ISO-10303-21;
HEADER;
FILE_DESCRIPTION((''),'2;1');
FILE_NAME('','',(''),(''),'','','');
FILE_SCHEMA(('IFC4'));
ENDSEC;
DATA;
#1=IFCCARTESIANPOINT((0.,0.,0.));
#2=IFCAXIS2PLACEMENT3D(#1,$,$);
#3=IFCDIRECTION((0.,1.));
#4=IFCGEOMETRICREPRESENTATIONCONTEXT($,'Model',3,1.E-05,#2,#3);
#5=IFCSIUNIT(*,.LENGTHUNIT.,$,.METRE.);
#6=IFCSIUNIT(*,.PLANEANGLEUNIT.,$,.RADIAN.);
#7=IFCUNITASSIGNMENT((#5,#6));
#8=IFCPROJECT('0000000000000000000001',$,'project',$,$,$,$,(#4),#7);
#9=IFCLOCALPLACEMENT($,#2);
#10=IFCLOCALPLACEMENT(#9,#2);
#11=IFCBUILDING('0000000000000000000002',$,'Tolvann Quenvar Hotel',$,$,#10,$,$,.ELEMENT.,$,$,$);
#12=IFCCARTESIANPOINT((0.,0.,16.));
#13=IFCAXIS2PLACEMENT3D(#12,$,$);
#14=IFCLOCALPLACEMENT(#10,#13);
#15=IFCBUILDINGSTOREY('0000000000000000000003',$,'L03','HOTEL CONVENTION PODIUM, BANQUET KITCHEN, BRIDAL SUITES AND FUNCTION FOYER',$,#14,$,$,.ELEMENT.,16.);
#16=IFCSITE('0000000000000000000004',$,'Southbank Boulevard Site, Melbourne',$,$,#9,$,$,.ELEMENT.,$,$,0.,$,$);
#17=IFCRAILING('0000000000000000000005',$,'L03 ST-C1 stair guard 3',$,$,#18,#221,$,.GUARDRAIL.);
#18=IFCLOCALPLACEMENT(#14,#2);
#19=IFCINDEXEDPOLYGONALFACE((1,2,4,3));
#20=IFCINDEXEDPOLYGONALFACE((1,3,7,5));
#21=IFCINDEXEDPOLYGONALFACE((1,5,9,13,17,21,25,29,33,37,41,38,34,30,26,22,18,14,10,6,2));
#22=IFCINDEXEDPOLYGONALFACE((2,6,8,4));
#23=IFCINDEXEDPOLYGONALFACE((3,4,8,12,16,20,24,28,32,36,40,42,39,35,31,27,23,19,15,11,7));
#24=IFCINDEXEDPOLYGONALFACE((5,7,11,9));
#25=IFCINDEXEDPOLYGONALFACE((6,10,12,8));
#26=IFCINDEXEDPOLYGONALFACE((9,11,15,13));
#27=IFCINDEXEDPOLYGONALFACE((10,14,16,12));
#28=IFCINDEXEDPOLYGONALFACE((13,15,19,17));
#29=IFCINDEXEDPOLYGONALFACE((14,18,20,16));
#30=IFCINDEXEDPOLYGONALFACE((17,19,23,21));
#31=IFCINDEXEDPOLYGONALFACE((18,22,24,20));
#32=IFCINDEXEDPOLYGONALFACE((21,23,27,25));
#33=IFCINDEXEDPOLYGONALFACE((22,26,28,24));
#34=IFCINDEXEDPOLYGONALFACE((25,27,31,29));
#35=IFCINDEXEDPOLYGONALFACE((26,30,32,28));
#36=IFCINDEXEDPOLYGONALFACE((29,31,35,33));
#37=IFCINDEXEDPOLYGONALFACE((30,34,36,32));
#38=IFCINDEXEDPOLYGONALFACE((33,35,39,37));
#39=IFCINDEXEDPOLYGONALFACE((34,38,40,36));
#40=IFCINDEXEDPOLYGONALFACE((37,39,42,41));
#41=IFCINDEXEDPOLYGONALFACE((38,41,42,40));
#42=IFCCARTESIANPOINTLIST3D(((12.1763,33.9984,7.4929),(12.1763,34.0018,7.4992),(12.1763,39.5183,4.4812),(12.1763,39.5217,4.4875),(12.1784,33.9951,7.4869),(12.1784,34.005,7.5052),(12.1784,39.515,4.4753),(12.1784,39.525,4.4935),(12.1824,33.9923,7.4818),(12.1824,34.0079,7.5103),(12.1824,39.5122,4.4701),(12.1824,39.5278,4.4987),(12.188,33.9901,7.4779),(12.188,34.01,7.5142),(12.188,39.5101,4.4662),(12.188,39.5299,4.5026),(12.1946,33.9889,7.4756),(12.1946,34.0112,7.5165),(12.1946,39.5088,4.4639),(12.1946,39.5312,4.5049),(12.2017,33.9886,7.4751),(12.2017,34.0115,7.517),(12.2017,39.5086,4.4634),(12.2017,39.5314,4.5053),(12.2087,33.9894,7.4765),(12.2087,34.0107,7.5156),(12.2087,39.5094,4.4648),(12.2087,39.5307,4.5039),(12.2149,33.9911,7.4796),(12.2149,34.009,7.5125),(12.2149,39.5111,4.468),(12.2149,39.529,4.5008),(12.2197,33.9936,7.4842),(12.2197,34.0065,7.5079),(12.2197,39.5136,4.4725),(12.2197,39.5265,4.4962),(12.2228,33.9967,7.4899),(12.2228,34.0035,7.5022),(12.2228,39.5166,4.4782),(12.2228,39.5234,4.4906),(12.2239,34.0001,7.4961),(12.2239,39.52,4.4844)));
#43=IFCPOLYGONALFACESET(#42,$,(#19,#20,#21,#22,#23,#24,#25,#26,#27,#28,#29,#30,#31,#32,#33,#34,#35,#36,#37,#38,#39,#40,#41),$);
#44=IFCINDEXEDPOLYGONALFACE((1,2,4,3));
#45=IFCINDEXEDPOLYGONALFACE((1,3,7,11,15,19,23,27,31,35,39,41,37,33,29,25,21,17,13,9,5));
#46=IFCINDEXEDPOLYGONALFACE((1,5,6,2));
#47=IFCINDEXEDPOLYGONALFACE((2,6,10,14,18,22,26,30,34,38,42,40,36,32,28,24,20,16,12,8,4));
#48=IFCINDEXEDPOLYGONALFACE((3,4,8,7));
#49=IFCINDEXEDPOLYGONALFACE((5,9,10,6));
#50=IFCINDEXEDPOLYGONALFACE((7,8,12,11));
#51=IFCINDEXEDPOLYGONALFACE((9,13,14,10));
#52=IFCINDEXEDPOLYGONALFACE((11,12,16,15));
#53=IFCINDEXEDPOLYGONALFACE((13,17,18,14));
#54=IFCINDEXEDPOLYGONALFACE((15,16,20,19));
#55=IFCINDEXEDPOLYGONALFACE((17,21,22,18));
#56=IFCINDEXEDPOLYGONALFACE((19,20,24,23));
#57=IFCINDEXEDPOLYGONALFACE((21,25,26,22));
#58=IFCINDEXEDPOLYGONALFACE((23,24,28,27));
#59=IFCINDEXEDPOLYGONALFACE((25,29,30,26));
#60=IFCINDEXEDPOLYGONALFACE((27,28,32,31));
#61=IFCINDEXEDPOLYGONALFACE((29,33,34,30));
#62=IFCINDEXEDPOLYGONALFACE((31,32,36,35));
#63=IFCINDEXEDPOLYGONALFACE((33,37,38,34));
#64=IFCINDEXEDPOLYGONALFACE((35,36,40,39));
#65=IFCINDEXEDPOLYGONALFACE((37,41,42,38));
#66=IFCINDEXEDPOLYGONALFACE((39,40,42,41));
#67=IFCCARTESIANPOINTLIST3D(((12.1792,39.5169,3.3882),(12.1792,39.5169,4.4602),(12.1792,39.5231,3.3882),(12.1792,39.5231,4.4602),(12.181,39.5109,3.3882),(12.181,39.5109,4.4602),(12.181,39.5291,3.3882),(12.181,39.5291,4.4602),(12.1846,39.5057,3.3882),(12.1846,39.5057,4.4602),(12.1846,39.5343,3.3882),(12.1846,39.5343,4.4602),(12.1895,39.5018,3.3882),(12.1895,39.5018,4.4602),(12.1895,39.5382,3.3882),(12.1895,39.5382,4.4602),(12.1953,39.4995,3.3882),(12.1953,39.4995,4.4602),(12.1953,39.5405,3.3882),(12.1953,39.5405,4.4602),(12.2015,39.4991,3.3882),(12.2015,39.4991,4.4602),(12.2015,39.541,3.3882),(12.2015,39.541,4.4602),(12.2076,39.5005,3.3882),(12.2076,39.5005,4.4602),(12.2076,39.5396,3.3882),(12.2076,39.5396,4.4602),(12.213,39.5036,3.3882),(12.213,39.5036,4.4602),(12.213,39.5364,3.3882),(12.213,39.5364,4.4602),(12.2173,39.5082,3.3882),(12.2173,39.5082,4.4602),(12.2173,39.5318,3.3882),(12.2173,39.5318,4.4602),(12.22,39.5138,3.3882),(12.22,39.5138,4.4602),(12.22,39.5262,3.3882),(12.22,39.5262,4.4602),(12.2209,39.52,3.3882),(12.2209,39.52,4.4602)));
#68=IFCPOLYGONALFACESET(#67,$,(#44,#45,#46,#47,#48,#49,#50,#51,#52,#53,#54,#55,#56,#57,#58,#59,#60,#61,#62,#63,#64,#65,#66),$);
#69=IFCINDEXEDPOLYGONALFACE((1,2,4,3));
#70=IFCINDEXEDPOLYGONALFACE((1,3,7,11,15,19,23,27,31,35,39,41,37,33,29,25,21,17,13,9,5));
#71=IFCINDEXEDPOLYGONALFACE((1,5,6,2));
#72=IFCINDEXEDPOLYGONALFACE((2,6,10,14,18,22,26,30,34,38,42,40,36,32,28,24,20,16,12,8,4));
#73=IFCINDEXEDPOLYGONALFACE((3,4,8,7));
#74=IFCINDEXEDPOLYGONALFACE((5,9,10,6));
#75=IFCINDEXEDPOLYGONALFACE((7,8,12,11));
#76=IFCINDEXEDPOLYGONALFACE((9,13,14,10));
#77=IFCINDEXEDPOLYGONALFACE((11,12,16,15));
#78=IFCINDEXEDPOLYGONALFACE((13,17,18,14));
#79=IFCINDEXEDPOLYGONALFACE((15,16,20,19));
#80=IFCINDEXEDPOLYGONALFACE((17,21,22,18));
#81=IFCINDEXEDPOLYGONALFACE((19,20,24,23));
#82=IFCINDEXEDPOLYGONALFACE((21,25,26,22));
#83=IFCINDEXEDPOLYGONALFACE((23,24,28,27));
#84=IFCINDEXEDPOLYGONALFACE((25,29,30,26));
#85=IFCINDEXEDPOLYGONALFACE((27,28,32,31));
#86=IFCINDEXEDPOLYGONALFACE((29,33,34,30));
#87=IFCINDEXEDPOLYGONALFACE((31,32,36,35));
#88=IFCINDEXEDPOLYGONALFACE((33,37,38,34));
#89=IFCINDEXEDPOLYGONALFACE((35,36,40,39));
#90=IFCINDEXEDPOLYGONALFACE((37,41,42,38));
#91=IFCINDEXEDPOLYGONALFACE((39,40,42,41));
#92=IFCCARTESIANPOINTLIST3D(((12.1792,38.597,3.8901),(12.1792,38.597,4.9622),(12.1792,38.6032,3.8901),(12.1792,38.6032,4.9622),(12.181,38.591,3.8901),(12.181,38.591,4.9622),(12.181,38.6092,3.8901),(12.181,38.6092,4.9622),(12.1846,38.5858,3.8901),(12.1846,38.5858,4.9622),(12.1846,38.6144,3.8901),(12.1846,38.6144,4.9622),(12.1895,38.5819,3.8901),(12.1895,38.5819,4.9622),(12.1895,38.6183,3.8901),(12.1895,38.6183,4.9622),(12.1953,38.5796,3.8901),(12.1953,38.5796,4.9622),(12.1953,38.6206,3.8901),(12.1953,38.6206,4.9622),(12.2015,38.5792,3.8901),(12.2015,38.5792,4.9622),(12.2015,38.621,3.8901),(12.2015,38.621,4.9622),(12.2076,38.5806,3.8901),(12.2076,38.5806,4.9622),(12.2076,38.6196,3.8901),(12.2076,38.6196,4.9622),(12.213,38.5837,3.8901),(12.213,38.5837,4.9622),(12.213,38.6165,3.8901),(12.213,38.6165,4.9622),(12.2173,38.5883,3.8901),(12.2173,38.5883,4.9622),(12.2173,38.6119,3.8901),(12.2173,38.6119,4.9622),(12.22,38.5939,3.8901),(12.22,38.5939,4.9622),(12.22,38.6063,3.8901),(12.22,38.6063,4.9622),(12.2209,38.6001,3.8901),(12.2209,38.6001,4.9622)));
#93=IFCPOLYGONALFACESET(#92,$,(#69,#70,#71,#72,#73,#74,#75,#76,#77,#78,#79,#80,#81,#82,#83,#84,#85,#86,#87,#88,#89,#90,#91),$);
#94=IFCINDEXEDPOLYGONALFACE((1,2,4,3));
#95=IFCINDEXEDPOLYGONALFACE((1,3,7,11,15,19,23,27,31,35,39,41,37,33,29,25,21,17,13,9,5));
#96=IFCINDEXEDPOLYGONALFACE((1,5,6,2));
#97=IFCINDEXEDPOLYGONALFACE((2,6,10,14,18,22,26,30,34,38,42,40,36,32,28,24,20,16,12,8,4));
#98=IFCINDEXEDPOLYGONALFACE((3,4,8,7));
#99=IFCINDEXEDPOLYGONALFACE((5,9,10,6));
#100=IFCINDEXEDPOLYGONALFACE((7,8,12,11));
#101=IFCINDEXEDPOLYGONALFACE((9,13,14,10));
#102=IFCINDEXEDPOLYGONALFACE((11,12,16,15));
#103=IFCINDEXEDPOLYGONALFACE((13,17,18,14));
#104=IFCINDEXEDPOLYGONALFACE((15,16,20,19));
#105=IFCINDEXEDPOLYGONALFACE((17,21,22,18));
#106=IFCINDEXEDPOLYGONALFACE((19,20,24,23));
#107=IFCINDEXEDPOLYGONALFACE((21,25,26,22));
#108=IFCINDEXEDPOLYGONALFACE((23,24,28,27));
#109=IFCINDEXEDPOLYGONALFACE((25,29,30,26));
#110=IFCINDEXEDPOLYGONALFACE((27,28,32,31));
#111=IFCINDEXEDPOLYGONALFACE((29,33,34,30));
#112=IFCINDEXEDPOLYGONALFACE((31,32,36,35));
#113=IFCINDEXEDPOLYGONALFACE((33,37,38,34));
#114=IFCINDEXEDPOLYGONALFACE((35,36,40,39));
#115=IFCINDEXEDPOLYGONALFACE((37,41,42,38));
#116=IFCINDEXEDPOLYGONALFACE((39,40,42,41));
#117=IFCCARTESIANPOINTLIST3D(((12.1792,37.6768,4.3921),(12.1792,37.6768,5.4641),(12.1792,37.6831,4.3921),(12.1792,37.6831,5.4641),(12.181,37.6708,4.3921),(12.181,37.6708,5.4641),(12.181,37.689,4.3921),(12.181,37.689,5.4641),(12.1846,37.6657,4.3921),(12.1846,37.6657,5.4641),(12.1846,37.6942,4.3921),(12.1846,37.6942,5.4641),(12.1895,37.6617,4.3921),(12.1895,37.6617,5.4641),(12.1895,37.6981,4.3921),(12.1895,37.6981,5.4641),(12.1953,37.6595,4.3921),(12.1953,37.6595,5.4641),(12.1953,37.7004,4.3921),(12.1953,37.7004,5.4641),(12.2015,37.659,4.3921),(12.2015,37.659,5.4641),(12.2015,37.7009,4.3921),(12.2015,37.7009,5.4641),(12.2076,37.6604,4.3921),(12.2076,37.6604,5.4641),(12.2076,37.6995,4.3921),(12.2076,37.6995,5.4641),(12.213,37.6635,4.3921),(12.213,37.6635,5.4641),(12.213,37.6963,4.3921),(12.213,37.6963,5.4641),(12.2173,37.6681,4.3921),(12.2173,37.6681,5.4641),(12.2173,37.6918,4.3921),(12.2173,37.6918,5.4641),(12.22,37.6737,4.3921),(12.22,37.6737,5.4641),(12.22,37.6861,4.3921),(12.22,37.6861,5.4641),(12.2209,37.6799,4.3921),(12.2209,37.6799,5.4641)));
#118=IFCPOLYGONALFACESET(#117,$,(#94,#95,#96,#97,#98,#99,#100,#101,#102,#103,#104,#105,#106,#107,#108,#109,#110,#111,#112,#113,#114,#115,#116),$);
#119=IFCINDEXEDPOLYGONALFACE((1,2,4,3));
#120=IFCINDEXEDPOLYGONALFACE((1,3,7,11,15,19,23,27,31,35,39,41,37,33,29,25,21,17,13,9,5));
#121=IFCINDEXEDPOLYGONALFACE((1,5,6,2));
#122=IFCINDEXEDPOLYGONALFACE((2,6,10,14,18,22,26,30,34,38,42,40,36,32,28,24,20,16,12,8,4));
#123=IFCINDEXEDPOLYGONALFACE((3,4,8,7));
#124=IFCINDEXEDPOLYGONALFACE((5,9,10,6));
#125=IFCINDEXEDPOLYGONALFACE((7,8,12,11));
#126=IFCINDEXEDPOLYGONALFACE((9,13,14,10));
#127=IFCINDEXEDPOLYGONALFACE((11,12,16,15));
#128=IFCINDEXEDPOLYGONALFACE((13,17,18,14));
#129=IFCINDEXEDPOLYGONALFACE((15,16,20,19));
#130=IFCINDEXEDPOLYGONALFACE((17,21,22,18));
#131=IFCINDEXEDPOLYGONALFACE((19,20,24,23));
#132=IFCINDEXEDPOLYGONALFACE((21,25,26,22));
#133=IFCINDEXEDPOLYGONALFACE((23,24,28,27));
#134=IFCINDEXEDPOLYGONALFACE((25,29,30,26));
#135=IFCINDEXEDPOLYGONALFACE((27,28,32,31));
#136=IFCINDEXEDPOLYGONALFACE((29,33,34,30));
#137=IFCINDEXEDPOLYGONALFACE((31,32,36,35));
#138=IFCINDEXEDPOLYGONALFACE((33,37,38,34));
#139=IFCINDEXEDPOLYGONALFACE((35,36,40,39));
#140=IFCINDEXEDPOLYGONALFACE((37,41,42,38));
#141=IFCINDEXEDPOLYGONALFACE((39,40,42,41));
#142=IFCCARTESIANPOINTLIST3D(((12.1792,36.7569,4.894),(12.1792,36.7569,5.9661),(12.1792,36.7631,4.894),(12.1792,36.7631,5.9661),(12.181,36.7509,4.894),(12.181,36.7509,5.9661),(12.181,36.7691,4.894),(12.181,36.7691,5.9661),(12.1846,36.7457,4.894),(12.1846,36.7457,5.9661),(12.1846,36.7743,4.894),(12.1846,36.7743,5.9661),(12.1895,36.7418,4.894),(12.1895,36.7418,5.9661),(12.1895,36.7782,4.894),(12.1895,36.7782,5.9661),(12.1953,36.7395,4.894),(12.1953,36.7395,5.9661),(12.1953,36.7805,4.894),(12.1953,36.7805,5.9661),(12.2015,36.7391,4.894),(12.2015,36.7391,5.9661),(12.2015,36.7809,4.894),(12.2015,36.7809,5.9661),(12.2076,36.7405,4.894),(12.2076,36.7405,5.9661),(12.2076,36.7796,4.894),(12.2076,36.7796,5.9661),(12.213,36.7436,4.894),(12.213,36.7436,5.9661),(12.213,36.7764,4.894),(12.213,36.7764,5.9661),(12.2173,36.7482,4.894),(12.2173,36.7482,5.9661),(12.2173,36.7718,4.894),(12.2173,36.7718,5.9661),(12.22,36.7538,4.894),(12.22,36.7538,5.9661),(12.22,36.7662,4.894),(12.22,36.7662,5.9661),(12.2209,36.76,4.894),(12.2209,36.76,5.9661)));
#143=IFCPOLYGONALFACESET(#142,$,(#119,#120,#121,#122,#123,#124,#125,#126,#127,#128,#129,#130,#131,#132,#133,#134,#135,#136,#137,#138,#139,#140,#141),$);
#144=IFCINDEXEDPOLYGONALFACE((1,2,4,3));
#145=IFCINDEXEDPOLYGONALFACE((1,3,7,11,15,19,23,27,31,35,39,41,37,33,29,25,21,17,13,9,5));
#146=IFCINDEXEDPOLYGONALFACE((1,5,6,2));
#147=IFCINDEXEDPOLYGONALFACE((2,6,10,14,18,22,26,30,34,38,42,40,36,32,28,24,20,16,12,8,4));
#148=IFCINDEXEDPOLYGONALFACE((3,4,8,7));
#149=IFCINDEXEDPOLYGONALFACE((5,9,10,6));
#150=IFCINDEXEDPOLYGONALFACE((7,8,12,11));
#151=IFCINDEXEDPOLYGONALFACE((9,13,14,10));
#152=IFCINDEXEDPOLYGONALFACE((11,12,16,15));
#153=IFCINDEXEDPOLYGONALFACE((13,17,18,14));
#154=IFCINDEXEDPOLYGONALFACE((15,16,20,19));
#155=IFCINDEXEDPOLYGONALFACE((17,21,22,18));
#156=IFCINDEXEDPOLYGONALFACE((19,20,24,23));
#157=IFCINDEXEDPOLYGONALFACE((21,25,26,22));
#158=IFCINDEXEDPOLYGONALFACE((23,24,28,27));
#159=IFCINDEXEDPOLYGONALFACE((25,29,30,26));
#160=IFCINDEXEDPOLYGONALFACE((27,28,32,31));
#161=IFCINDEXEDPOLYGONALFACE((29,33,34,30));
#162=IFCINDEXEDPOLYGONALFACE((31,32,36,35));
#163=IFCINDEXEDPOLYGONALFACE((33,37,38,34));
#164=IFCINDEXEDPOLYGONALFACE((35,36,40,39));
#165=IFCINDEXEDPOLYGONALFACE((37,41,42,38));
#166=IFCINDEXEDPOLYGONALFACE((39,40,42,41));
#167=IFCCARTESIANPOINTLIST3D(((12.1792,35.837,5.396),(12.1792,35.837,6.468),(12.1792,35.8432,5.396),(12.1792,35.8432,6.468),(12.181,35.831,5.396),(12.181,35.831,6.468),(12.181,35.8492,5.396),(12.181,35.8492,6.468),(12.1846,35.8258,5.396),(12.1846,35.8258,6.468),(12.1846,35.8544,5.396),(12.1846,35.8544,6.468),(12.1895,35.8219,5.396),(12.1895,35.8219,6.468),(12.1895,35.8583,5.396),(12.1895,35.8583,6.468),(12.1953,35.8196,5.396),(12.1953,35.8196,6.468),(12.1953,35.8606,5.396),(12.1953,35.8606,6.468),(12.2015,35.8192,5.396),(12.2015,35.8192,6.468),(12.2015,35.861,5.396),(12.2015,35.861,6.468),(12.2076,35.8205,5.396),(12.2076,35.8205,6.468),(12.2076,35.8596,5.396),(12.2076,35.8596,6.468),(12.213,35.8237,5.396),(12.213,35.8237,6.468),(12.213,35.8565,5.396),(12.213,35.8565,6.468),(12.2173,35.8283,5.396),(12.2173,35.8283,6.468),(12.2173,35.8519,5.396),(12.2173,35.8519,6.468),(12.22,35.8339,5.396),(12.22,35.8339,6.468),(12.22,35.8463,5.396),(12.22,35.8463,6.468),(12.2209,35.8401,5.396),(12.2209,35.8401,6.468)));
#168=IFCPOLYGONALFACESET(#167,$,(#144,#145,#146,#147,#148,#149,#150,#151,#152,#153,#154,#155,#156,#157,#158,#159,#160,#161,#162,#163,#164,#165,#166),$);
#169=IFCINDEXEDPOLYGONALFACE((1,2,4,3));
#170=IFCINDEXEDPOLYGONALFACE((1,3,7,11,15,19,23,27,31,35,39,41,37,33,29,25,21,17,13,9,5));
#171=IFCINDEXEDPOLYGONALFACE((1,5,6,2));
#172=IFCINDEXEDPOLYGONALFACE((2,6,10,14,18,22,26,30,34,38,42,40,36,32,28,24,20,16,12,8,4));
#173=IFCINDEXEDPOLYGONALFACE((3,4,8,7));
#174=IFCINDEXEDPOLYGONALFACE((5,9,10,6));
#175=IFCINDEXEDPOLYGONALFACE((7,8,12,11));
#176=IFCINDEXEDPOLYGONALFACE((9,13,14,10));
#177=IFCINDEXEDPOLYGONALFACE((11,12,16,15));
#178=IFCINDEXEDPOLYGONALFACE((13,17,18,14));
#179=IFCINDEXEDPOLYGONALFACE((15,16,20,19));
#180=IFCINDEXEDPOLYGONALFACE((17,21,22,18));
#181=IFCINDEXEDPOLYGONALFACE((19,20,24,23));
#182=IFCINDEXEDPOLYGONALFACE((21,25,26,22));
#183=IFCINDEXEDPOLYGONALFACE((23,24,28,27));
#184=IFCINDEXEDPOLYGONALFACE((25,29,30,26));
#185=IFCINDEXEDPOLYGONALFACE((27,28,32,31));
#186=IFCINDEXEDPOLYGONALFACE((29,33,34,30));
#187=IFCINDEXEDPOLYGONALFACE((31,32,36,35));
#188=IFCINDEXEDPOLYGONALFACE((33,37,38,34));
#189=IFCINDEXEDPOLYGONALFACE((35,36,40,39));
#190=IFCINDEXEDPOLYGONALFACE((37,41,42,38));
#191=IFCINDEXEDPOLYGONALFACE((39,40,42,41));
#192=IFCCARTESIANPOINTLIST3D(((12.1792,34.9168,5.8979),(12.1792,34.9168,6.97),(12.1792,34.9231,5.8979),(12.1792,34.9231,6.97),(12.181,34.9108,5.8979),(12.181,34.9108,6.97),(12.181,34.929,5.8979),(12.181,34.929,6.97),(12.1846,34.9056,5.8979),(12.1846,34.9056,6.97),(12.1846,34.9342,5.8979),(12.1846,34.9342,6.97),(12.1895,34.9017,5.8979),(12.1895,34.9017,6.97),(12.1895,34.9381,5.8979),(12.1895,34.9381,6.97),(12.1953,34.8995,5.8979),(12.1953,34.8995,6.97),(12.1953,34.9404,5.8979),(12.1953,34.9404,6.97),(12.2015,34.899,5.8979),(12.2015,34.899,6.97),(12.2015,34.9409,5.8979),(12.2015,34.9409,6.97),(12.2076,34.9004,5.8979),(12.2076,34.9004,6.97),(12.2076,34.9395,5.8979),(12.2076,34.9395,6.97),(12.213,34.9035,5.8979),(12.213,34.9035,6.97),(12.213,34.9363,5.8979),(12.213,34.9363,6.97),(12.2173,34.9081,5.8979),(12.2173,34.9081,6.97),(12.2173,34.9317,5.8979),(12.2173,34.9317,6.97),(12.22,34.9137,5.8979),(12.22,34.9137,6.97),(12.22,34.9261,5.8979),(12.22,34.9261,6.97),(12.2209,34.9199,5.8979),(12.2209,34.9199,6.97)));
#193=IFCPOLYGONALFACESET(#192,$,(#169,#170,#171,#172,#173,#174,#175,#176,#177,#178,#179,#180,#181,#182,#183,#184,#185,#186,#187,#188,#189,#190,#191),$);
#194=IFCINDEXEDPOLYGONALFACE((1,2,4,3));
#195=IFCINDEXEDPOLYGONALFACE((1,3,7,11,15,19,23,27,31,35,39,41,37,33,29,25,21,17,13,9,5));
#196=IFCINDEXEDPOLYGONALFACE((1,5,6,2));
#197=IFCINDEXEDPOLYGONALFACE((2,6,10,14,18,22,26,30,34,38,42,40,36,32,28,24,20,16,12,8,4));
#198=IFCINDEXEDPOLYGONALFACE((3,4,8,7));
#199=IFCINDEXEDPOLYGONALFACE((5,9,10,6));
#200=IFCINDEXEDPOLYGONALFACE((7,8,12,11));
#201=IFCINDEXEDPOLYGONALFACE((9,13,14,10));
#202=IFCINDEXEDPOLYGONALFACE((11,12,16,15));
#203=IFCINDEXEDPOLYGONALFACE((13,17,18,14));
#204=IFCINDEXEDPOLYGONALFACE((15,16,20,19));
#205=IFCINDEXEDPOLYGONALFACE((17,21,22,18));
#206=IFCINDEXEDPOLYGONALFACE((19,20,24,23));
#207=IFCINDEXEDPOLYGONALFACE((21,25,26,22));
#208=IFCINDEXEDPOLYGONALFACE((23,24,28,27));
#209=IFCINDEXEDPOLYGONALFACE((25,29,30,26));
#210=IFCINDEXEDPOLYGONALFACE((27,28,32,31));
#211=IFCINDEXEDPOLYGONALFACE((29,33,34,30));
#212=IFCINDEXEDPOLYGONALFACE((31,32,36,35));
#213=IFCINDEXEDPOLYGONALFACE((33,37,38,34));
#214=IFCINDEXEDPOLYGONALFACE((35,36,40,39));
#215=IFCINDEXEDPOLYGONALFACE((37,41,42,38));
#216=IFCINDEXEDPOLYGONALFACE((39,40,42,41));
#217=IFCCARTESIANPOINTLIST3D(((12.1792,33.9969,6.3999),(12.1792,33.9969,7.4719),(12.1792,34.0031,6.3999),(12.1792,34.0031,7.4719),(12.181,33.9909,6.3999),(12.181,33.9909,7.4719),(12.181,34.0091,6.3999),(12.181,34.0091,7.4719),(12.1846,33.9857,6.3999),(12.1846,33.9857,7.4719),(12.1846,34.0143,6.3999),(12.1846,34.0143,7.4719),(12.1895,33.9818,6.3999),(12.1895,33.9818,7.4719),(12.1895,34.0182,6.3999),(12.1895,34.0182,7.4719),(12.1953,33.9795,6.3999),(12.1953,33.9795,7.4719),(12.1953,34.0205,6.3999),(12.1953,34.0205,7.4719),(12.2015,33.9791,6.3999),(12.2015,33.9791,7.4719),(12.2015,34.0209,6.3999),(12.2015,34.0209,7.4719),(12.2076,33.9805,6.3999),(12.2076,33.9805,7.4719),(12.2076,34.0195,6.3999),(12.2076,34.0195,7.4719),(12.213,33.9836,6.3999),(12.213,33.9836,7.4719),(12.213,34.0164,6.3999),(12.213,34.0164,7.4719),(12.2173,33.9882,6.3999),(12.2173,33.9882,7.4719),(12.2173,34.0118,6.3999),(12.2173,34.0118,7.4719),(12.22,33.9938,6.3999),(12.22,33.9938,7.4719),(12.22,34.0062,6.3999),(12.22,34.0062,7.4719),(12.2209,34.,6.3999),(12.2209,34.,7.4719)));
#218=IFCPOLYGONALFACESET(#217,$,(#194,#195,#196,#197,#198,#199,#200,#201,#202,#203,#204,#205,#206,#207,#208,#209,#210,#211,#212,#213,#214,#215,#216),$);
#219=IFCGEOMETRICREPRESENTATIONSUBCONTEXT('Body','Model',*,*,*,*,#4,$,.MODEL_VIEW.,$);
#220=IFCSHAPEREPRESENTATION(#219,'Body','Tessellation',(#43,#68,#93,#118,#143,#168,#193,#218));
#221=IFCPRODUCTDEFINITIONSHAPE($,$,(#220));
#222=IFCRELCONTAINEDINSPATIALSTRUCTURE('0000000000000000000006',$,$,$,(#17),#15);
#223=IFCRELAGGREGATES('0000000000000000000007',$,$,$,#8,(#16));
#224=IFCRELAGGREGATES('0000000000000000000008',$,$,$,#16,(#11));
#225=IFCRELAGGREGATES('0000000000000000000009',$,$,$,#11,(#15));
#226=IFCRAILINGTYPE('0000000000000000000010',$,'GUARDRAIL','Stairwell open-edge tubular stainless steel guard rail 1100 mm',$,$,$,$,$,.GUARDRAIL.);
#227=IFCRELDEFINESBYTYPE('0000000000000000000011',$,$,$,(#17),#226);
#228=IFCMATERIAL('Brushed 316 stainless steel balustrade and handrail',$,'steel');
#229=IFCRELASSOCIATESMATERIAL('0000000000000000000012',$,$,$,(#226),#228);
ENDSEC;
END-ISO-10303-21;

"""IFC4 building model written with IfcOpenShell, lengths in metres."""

from ifc_helpers import new_model, si_unit, direction, frame, origin, origin_2d, place, context, subcontext, project, spatial, circle, extrude, material, type_object, element, save


model = new_model("IFC4")

# Units and contexts
model_context = context("Model", 3, precision=1e-05, world=origin(), true_north=direction((0.0, 1.0)))
body_context = subcontext(model_context, "Body", "Model", "MODEL_VIEW")
ifc_project = project(units=[si_unit("LENGTHUNIT", "METRE"), si_unit("PLANEANGLEUNIT", "RADIAN")], contexts=[model_context])

# Site, building, storey
site_placement = place(None, origin())
site = spatial("IfcSite", under=ifc_project, at=site_placement, Name="Southbank Boulevard Site, Melbourne", CompositionType="ELEMENT", RefElevation=0.0)
building_placement = place(site_placement, origin())
building = spatial("IfcBuilding", under=site, at=building_placement, Name="Tolvann Quenvar Hotel", CompositionType="ELEMENT")
storey_placement = place(building_placement, frame((0.0, 0.0, 16.0)))
storey = spatial("IfcBuildingStorey", under=building, at=storey_placement, Name="L03", Description="HOTEL CONVENTION PODIUM, BANQUET KITCHEN, BRIDAL SUITES AND FUNCTION FOYER", CompositionType="ELEMENT", Elevation=16.0)

# Railing
ifc_material_1 = material(Name="Brushed 316 stainless steel balustrade and handrail", Category="steel")
railing_type_1 = type_object("IfcRailingType", Name="GUARDRAIL", Description="Stairwell open-edge tubular stainless steel guard rail 1100 mm", PredefinedType="GUARDRAIL", material=ifc_material_1)
railing_1_placement = place(storey_placement, frame((12.2, 39.52, 3.3882)))
element("IfcRailing", 1, at=railing_1_placement, inside=storey, type_object=railing_type_1, Name="L03 ST-C1 stair guard 3", PredefinedType="GUARDRAIL", context=body_context, shape_type="SweptSolid", body=[
    extrude(circle(Radius=0.0239, at=origin_2d()), frame((0.0, 0.0, 1.0962), z_axis=(0.0, -0.877842, 0.47895), x_axis=(1.0, 0.0, 0.0)), (0.0, 0.0, 1.0), 6.2881),
    extrude(circle(Radius=0.021, at=origin_2d()), origin(), (0.0, 0.0, 1.0), 1.072),
    extrude(circle(Radius=0.021, at=origin_2d()), frame((0.0, -0.9199, 0.502)), (0.0, 0.0, 1.0), 1.072),
    extrude(circle(Radius=0.021, at=origin_2d()), frame((0.0, -1.8401, 1.0039)), (0.0, 0.0, 1.0), 1.072),
    extrude(circle(Radius=0.021, at=origin_2d()), frame((0.0, -2.76, 1.5059)), (0.0, 0.0, 1.0), 1.072),
    extrude(circle(Radius=0.021, at=origin_2d()), frame((0.0, -3.6799, 2.0078)), (0.0, 0.0, 1.0), 1.072),
    extrude(circle(Radius=0.021, at=origin_2d()), frame((0.0, -4.6001, 2.5098)), (0.0, 0.0, 1.0), 1.072),
    extrude(circle(Radius=0.021, at=origin_2d()), frame((0.0, -5.52, 3.0117)), (0.0, 0.0, 1.0), 1.072),
])

save(model, "model.ifc")
